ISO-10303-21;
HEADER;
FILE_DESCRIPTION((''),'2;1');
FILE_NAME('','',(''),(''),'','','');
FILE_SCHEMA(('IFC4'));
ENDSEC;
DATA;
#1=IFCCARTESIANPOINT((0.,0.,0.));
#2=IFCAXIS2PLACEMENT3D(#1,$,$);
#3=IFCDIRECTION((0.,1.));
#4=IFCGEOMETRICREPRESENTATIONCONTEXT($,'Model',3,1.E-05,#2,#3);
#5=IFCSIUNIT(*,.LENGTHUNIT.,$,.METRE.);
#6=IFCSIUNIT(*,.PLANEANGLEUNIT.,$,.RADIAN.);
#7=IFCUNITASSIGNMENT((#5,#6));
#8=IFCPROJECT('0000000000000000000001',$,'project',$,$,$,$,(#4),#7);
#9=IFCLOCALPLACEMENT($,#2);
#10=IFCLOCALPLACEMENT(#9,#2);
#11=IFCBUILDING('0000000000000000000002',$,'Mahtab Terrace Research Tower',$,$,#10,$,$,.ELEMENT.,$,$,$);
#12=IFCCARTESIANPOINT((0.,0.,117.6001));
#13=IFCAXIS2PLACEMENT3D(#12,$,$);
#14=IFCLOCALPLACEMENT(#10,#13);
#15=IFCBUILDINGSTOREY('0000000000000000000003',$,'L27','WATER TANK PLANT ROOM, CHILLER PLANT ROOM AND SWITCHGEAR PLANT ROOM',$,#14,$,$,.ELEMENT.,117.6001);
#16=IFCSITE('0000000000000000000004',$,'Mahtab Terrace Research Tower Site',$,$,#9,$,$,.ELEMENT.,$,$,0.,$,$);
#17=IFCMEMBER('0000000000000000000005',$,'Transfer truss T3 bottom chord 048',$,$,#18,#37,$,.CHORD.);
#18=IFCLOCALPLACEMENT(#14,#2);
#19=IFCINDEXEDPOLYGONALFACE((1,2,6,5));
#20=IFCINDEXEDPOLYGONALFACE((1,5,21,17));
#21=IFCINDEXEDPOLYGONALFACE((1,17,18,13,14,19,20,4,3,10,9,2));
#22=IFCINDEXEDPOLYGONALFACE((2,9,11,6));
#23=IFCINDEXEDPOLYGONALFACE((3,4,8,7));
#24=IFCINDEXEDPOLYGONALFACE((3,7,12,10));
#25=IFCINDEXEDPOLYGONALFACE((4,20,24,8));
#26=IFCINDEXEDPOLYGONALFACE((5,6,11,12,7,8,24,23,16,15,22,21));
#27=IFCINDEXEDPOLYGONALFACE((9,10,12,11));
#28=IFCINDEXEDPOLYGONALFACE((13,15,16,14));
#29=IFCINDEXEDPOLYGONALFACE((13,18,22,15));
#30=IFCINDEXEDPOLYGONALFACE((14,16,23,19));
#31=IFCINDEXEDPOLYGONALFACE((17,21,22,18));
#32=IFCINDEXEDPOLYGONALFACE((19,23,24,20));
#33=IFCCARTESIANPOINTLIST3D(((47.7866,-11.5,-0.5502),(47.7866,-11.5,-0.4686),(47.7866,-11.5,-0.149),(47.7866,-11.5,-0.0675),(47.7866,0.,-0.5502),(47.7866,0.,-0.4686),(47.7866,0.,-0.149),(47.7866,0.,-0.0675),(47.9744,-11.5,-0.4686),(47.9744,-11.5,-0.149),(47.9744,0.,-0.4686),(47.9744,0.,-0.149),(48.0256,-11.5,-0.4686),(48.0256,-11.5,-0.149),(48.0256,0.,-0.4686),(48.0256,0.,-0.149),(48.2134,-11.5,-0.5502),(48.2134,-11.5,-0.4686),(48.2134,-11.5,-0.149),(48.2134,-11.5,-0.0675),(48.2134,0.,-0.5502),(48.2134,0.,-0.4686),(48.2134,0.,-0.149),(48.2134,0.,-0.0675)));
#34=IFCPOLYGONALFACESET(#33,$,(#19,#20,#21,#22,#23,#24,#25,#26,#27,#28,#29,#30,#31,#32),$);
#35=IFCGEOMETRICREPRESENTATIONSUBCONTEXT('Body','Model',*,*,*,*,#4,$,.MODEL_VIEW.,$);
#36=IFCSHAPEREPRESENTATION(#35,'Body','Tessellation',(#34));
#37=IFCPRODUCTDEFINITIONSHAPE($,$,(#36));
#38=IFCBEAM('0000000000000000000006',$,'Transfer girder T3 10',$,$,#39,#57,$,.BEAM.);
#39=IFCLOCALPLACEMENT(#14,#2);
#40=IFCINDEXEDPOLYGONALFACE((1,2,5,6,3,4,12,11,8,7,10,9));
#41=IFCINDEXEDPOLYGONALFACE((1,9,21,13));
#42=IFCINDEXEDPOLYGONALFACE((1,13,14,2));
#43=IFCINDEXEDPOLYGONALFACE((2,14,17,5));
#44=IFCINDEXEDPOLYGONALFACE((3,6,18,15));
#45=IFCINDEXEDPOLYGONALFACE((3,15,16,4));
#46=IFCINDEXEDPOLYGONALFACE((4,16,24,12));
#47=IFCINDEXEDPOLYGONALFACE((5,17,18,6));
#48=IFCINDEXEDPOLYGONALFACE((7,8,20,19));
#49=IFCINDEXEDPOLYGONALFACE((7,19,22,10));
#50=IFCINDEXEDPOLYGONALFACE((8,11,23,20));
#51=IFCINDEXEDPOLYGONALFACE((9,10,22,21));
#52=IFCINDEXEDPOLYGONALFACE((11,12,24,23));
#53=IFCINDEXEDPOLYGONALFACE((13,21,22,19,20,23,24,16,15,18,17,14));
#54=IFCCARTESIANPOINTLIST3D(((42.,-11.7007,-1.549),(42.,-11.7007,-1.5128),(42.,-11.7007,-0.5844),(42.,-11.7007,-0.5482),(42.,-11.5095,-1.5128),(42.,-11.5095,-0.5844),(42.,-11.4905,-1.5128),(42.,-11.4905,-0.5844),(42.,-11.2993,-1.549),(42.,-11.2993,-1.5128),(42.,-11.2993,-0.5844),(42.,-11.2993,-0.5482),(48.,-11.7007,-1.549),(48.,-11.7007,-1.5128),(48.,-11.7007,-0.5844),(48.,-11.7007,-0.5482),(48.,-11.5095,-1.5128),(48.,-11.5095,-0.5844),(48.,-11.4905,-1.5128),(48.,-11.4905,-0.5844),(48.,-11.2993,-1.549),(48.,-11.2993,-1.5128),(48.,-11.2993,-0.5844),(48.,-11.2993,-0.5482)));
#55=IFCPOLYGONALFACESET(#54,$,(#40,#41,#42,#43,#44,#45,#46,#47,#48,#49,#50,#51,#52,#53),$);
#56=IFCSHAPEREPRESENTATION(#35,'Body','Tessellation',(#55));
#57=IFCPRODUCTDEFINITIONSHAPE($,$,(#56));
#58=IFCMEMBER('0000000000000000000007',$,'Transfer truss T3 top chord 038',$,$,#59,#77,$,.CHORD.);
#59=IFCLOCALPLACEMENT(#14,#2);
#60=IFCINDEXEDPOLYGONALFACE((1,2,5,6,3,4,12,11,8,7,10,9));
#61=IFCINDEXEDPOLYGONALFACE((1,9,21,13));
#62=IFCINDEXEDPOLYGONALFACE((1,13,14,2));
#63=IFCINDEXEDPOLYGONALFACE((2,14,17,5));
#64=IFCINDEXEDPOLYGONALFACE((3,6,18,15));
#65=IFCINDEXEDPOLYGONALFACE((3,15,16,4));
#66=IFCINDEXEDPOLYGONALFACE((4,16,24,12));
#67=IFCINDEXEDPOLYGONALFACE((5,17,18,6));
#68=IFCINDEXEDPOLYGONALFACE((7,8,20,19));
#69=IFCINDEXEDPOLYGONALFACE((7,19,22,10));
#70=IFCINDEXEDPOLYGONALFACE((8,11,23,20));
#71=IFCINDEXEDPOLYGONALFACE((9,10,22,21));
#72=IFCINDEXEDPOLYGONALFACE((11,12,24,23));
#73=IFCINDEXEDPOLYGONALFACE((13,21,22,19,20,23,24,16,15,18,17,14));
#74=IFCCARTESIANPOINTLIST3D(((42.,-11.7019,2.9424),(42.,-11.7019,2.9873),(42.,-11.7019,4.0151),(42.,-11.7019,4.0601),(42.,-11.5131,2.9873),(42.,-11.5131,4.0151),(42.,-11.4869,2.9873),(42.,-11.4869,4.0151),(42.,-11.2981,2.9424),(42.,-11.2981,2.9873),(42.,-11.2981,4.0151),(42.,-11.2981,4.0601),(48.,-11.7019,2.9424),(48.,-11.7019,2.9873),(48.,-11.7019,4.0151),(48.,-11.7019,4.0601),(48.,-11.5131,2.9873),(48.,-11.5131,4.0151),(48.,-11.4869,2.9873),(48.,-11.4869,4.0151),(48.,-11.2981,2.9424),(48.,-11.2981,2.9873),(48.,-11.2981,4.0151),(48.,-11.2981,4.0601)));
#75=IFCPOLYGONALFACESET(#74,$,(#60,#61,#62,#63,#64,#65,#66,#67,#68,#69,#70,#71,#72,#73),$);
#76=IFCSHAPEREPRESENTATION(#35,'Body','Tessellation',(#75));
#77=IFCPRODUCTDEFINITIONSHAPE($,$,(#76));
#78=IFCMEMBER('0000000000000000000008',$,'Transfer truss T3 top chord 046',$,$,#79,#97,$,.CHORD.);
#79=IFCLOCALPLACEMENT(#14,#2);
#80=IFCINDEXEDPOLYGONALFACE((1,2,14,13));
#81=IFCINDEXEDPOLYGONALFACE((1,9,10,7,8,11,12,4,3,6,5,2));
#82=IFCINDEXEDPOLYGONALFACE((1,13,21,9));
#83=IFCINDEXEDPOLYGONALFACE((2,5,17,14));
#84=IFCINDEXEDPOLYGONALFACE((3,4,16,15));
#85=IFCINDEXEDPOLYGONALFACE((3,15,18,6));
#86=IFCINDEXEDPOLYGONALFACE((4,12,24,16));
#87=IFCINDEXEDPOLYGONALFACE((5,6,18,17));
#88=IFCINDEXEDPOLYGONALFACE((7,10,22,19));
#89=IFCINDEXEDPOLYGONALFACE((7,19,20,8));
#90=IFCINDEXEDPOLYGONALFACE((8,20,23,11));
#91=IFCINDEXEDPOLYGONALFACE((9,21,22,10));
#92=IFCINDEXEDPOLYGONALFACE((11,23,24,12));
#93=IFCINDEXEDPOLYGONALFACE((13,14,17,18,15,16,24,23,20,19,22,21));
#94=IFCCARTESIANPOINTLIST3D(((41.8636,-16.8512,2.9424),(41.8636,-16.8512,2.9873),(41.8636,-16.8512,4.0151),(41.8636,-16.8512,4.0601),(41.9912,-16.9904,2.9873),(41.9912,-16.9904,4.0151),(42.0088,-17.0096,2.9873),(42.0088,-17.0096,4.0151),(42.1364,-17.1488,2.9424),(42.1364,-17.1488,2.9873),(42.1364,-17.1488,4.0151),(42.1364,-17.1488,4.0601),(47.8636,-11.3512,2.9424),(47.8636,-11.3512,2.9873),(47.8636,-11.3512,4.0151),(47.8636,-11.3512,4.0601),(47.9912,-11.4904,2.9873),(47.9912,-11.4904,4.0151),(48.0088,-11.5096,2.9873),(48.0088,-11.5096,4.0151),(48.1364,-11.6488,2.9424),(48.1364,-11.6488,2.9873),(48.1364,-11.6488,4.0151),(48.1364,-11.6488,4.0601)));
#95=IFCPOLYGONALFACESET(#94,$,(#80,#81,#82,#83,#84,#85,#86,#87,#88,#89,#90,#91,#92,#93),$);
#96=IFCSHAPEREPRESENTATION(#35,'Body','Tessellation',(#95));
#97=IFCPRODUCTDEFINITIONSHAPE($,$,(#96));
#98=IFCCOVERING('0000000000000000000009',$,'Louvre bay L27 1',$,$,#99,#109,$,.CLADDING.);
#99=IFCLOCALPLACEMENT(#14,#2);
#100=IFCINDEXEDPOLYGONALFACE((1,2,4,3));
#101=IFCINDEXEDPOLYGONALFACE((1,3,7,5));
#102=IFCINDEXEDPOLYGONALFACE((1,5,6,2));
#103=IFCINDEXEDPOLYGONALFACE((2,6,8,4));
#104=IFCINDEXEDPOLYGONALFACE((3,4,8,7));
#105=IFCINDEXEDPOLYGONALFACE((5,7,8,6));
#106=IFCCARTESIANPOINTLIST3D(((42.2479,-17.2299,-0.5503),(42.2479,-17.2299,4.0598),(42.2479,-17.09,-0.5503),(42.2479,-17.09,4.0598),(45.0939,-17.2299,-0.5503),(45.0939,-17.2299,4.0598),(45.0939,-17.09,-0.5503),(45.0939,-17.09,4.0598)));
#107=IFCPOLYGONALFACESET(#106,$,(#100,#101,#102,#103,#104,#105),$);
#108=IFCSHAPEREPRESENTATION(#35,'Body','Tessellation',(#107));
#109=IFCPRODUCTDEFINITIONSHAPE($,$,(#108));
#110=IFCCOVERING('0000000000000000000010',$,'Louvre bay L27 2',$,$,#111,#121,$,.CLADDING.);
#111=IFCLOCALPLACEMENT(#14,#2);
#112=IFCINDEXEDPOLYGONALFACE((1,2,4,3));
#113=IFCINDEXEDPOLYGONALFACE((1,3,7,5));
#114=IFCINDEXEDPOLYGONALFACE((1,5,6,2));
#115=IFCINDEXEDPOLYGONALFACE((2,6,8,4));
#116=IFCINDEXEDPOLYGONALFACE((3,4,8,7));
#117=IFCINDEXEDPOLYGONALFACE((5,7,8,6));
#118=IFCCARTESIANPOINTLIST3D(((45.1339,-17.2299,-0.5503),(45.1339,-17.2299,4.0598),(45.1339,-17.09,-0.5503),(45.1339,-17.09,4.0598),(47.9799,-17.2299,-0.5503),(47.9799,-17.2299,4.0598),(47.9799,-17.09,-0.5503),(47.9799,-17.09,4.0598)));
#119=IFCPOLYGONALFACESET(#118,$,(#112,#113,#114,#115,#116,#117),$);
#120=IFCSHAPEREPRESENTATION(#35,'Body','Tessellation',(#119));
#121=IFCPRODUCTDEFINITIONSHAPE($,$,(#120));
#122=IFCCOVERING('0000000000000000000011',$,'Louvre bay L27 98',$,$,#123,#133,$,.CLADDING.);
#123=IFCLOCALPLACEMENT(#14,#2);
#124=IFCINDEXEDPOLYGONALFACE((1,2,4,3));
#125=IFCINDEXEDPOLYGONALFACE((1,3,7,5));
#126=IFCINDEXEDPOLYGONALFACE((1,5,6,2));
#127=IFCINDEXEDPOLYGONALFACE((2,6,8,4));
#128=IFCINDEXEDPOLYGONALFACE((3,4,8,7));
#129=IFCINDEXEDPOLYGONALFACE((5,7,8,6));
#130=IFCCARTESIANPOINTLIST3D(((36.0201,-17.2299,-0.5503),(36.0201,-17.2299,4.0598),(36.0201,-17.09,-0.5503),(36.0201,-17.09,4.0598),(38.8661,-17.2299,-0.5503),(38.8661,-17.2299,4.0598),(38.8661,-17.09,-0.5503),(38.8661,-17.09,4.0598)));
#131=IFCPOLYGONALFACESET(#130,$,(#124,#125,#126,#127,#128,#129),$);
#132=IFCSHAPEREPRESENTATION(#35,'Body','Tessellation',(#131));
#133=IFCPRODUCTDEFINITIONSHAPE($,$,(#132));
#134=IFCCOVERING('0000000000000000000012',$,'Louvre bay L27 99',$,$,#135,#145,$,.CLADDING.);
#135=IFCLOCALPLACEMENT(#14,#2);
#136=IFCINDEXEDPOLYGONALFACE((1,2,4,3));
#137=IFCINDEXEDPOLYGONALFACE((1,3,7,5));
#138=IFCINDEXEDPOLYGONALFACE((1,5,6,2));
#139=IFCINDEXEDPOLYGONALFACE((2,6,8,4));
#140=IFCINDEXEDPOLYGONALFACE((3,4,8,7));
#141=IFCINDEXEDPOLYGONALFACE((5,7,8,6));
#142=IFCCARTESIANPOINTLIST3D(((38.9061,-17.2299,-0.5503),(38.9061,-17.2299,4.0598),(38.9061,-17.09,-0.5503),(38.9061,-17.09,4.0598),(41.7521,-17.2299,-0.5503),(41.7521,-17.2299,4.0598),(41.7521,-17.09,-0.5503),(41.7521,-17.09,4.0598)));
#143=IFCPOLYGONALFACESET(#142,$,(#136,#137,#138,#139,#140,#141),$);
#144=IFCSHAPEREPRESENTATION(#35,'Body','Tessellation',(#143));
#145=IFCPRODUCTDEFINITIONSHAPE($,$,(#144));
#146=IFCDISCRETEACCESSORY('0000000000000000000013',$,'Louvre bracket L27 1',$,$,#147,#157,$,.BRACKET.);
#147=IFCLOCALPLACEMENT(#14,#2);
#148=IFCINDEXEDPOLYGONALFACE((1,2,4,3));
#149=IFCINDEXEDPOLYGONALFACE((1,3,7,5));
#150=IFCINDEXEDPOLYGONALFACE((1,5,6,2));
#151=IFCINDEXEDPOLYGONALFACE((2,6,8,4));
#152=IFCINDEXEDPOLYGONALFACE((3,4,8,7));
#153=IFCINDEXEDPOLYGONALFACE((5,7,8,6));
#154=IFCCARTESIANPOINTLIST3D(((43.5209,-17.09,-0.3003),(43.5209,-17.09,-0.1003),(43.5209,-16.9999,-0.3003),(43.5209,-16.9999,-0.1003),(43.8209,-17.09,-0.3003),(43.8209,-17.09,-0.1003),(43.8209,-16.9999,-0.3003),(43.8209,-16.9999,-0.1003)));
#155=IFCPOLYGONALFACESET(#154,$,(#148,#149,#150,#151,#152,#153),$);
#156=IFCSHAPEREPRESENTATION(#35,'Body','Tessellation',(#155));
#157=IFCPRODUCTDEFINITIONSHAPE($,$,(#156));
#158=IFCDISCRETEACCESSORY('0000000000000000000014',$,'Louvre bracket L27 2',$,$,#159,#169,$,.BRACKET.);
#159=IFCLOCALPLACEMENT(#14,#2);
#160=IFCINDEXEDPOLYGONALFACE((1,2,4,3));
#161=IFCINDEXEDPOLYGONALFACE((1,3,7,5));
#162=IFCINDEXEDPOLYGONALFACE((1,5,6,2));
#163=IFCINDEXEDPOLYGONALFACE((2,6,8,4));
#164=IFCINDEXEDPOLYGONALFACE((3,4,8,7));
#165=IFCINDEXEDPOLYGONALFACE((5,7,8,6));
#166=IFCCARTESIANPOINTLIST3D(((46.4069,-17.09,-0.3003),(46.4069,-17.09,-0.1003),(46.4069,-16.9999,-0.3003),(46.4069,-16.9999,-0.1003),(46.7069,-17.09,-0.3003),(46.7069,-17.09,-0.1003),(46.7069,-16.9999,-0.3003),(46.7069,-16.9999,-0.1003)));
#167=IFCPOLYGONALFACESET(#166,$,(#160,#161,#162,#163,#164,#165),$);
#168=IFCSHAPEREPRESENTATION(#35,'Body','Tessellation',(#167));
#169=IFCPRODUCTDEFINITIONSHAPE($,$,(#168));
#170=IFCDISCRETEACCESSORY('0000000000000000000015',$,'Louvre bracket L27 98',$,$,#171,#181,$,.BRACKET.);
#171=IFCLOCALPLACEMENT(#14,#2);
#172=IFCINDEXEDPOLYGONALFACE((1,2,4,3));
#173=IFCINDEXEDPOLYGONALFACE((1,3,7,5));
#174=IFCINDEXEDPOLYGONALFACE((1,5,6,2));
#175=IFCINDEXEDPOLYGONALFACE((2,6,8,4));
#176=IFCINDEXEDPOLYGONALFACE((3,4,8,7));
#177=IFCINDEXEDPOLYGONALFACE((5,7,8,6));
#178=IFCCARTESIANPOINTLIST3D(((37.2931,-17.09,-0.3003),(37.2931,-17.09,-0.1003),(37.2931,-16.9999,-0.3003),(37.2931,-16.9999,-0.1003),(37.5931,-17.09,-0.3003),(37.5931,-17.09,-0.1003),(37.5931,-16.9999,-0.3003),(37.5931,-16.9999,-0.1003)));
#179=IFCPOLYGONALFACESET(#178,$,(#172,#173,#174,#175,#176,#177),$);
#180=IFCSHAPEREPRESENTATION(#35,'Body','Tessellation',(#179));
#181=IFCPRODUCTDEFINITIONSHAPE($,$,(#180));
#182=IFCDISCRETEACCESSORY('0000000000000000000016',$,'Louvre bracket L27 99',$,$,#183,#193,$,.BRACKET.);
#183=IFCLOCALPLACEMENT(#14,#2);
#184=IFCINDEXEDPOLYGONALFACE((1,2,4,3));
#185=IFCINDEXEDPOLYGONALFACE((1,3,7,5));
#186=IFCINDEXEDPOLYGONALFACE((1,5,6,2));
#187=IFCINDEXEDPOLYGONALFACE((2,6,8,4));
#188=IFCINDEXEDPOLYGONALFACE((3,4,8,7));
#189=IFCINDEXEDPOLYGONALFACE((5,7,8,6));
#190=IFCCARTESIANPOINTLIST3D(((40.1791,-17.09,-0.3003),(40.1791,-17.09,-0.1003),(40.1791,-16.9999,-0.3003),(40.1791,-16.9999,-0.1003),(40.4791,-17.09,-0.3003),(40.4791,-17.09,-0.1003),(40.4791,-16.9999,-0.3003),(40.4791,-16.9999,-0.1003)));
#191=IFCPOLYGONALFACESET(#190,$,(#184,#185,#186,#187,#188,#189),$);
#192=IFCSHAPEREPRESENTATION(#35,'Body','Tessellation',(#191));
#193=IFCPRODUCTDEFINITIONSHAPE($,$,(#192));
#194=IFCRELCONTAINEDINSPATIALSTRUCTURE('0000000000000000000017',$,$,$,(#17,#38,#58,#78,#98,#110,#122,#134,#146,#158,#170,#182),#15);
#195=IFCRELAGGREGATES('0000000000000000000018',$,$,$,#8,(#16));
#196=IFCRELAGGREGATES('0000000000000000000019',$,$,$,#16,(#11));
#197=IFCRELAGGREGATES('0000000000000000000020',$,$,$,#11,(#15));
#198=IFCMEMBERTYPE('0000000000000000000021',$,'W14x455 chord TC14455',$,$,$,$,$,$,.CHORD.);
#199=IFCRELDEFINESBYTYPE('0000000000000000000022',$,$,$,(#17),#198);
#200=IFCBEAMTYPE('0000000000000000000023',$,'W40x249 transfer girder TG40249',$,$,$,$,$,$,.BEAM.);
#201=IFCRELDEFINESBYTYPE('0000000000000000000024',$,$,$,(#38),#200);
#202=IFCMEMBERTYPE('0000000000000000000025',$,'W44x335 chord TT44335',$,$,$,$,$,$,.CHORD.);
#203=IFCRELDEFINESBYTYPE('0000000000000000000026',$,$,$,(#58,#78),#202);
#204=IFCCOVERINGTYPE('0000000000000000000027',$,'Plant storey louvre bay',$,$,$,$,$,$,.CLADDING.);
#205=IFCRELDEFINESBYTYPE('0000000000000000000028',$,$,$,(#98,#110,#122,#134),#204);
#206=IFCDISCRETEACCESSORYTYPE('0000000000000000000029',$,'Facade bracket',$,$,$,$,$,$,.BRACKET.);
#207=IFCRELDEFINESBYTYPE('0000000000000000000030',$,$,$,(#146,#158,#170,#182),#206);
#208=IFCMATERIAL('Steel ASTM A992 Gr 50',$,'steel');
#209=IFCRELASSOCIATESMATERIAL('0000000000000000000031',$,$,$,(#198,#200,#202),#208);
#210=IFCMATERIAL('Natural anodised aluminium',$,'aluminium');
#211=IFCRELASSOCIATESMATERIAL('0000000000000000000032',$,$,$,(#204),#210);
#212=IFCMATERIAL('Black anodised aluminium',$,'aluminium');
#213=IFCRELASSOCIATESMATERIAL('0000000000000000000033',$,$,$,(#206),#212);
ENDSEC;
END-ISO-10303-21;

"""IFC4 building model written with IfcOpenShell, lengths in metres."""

from ifc_helpers import new_model, si_unit, direction, frame, origin, origin_2d, place, context, subcontext, project, spatial, rectangle, i_section, extrude, material, material_profile, profile_set, type_object, element, save


model = new_model("IFC4")

# Units and contexts
model_context = context("Model", 3, precision=1e-05, world=origin(), true_north=direction((0.0, 1.0)))
body_context = subcontext(model_context, "Body", "Model", "MODEL_VIEW")
ifc_project = project(units=[si_unit("LENGTHUNIT", "METRE"), si_unit("PLANEANGLEUNIT", "RADIAN")], contexts=[model_context])

# Site, building, storey
site_placement = place(None, origin())
site = spatial("IfcSite", under=ifc_project, at=site_placement, Name="Mahtab Terrace Research Tower Site", CompositionType="ELEMENT", RefElevation=0.0)
building_placement = place(site_placement, origin())
building = spatial("IfcBuilding", under=site, at=building_placement, Name="Mahtab Terrace Research Tower", CompositionType="ELEMENT")
storey_placement = place(building_placement, frame((0.0, 0.0, 117.6001)))
storey = spatial("IfcBuildingStorey", under=building, at=storey_placement, Name="L27", Description="WATER TANK PLANT ROOM, CHILLER PLANT ROOM AND SWITCHGEAR PLANT ROOM", CompositionType="ELEMENT", Elevation=117.6001)

# Shared definitions
ifc_material_1 = material(Name="Steel ASTM A992 Gr 50", Category="steel")

# Member
ifc_material_profile_1 = material_profile(ifc_material_1, i_section(OverallWidth=0.4268, OverallDepth=0.4827, WebThickness=0.0513, FlangeThickness=0.0815, at=origin_2d()), Name="W14X455")
ifc_profile_set_1 = profile_set([ifc_material_profile_1], Name="Steel ASTM A992 Gr 50")
member_type_1 = type_object("IfcMemberType", Name="W14x455 chord TC14455", PredefinedType="CHORD", material=ifc_profile_set_1)
member_1_placement = place(storey_placement, frame((48.0, -11.5, -0.3088), z_axis=(0.0, 1.0, 0.0), x_axis=(-1.0, 0.0, 0.0)))
element("IfcMember", 1, at=member_1_placement, inside=storey, type_object=member_type_1, Name="Transfer truss T3 bottom chord 048", PredefinedType="CHORD", context=body_context, shape_type="SweptSolid", body=[
    extrude(i_section(OverallWidth=0.4268, OverallDepth=0.4827, WebThickness=0.0513, FlangeThickness=0.0815, at=origin_2d()), origin(), (0.0, 0.0, 1.0), 11.5),
])

# Beam
ifc_material_profile_2 = material_profile(ifc_material_1, i_section(OverallWidth=0.4014, OverallDepth=1.0007, WebThickness=0.019, FlangeThickness=0.0361, at=origin_2d()), Name="W40X249")
ifc_profile_set_2 = profile_set([ifc_material_profile_2], Name="Steel ASTM A992 Gr 50")
beam_type = type_object("IfcBeamType", Name="W40x249 transfer girder TG40249", PredefinedType="BEAM", material=ifc_profile_set_2)
beam_placement = place(storey_placement, frame((42.0, -11.5, -1.0486), z_axis=(1.0, 0.0, 0.0), x_axis=(0.0, 1.0, 0.0)))
element("IfcBeam", 2, at=beam_placement, inside=storey, type_object=beam_type, Name="Transfer girder T3 10", PredefinedType="BEAM", context=body_context, shape_type="SweptSolid", body=[
    extrude(i_section(OverallWidth=0.4014, OverallDepth=1.0007, WebThickness=0.019, FlangeThickness=0.0361, at=origin_2d()), origin(), (0.0, 0.0, 1.0), 6.0),
])

# Members
ifc_material_profile_3 = material_profile(ifc_material_1, i_section(OverallWidth=0.4038, OverallDepth=1.1177, WebThickness=0.0261, FlangeThickness=0.0449, at=origin_2d()), Name="W44X335")
ifc_profile_set_3 = profile_set([ifc_material_profile_3], Name="Steel ASTM A992 Gr 50")
member_type_2 = type_object("IfcMemberType", Name="W44x335 chord TT44335", PredefinedType="CHORD", material=ifc_profile_set_3)
member_2_placement = place(storey_placement, frame((42.0, -11.5, 3.5012), z_axis=(1.0, 0.0, 0.0), x_axis=(0.0, 1.0, 0.0)))
element("IfcMember", 3, at=member_2_placement, inside=storey, type_object=member_type_2, Name="Transfer truss T3 top chord 038", PredefinedType="CHORD", context=body_context, shape_type="SweptSolid", body=[
    extrude(i_section(OverallWidth=0.4038, OverallDepth=1.1177, WebThickness=0.0261, FlangeThickness=0.0449, at=origin_2d()), origin(), (0.0, 0.0, 1.0), 6.0),
])
member_3_placement = place(storey_placement, frame((42.0, -17.0, 3.5012), z_axis=(0.737154, 0.675725, 0.0), x_axis=(-0.675725, 0.737154, 0.0)))
element("IfcMember", 4, at=member_3_placement, inside=storey, type_object=member_type_2, Name="Transfer truss T3 top chord 046", PredefinedType="CHORD", context=body_context, shape_type="SweptSolid", body=[
    extrude(i_section(OverallWidth=0.4038, OverallDepth=1.1177, WebThickness=0.0261, FlangeThickness=0.0449, at=origin_2d()), origin(), (0.0, 0.0, 1.0), 8.1394),
])

# Coverings
ifc_material_2 = material(Name="Natural anodised aluminium", Category="aluminium")
covering_type = type_object("IfcCoveringType", Name="Plant storey louvre bay", PredefinedType="CLADDING", material=ifc_material_2)
for number, where, z_axis, x_axis, name in (
    (5, (43.6709, -17.1599, -0.5503), (0.0, 0.0, 1.0), (1.0, 0.0, 0.0), "Louvre bay L27 1"),
    (6, (46.5569, -17.1599, -0.5503), (0.0, 0.0, 1.0), (1.0, 0.0, 0.0), "Louvre bay L27 2"),
    (7, (37.4431, -17.1599, -0.5503), (0.0, 0.0, 1.0), (1.0, 0.0, 0.0), "Louvre bay L27 98"),
    (8, (40.3291, -17.1599, -0.5503), (0.0, 0.0, 1.0), (1.0, 0.0, 0.0), "Louvre bay L27 99"),
):
    element("IfcCovering", number, at=place(storey_placement, frame(where, z_axis=z_axis, x_axis=x_axis)), inside=storey, type_object=covering_type, Name=name, PredefinedType="CLADDING", context=body_context, shape_type="SweptSolid", body=[
        extrude(rectangle(XDim=2.8459, YDim=0.1399, at=origin_2d()), origin(), (0.0, 0.0, 1.0), 4.6101),
    ])

# Discrete accessories
ifc_material_3 = material(Name="Black anodised aluminium", Category="aluminium")
discrete_accessory_type_1 = type_object("IfcDiscreteAccessoryType", Name="Facade bracket", PredefinedType="BRACKET", material=ifc_material_3)
for number, where, z_axis, x_axis, name in (
    (9, (43.6709, -17.0449, -0.3003), (0.0, 0.0, 1.0), (1.0, 0.0, 0.0), "Louvre bracket L27 1"),
    (10, (46.5569, -17.0449, -0.3003), (0.0, 0.0, 1.0), (1.0, 0.0, 0.0), "Louvre bracket L27 2"),
    (11, (37.4431, -17.0449, -0.3003), (0.0, 0.0, 1.0), (1.0, 0.0, 0.0), "Louvre bracket L27 98"),
    (12, (40.3291, -17.0449, -0.3003), (0.0, 0.0, 1.0), (1.0, 0.0, 0.0), "Louvre bracket L27 99"),
):
    element("IfcDiscreteAccessory", number, at=place(storey_placement, frame(where, z_axis=z_axis, x_axis=x_axis)), inside=storey, type_object=discrete_accessory_type_1, Name=name, PredefinedType="BRACKET", context=body_context, shape_type="SweptSolid", body=[
        extrude(rectangle(XDim=0.3, YDim=0.0901, at=origin_2d()), origin(), (0.0, 0.0, 1.0), 0.2),
    ])

save(model, "model.ifc")
